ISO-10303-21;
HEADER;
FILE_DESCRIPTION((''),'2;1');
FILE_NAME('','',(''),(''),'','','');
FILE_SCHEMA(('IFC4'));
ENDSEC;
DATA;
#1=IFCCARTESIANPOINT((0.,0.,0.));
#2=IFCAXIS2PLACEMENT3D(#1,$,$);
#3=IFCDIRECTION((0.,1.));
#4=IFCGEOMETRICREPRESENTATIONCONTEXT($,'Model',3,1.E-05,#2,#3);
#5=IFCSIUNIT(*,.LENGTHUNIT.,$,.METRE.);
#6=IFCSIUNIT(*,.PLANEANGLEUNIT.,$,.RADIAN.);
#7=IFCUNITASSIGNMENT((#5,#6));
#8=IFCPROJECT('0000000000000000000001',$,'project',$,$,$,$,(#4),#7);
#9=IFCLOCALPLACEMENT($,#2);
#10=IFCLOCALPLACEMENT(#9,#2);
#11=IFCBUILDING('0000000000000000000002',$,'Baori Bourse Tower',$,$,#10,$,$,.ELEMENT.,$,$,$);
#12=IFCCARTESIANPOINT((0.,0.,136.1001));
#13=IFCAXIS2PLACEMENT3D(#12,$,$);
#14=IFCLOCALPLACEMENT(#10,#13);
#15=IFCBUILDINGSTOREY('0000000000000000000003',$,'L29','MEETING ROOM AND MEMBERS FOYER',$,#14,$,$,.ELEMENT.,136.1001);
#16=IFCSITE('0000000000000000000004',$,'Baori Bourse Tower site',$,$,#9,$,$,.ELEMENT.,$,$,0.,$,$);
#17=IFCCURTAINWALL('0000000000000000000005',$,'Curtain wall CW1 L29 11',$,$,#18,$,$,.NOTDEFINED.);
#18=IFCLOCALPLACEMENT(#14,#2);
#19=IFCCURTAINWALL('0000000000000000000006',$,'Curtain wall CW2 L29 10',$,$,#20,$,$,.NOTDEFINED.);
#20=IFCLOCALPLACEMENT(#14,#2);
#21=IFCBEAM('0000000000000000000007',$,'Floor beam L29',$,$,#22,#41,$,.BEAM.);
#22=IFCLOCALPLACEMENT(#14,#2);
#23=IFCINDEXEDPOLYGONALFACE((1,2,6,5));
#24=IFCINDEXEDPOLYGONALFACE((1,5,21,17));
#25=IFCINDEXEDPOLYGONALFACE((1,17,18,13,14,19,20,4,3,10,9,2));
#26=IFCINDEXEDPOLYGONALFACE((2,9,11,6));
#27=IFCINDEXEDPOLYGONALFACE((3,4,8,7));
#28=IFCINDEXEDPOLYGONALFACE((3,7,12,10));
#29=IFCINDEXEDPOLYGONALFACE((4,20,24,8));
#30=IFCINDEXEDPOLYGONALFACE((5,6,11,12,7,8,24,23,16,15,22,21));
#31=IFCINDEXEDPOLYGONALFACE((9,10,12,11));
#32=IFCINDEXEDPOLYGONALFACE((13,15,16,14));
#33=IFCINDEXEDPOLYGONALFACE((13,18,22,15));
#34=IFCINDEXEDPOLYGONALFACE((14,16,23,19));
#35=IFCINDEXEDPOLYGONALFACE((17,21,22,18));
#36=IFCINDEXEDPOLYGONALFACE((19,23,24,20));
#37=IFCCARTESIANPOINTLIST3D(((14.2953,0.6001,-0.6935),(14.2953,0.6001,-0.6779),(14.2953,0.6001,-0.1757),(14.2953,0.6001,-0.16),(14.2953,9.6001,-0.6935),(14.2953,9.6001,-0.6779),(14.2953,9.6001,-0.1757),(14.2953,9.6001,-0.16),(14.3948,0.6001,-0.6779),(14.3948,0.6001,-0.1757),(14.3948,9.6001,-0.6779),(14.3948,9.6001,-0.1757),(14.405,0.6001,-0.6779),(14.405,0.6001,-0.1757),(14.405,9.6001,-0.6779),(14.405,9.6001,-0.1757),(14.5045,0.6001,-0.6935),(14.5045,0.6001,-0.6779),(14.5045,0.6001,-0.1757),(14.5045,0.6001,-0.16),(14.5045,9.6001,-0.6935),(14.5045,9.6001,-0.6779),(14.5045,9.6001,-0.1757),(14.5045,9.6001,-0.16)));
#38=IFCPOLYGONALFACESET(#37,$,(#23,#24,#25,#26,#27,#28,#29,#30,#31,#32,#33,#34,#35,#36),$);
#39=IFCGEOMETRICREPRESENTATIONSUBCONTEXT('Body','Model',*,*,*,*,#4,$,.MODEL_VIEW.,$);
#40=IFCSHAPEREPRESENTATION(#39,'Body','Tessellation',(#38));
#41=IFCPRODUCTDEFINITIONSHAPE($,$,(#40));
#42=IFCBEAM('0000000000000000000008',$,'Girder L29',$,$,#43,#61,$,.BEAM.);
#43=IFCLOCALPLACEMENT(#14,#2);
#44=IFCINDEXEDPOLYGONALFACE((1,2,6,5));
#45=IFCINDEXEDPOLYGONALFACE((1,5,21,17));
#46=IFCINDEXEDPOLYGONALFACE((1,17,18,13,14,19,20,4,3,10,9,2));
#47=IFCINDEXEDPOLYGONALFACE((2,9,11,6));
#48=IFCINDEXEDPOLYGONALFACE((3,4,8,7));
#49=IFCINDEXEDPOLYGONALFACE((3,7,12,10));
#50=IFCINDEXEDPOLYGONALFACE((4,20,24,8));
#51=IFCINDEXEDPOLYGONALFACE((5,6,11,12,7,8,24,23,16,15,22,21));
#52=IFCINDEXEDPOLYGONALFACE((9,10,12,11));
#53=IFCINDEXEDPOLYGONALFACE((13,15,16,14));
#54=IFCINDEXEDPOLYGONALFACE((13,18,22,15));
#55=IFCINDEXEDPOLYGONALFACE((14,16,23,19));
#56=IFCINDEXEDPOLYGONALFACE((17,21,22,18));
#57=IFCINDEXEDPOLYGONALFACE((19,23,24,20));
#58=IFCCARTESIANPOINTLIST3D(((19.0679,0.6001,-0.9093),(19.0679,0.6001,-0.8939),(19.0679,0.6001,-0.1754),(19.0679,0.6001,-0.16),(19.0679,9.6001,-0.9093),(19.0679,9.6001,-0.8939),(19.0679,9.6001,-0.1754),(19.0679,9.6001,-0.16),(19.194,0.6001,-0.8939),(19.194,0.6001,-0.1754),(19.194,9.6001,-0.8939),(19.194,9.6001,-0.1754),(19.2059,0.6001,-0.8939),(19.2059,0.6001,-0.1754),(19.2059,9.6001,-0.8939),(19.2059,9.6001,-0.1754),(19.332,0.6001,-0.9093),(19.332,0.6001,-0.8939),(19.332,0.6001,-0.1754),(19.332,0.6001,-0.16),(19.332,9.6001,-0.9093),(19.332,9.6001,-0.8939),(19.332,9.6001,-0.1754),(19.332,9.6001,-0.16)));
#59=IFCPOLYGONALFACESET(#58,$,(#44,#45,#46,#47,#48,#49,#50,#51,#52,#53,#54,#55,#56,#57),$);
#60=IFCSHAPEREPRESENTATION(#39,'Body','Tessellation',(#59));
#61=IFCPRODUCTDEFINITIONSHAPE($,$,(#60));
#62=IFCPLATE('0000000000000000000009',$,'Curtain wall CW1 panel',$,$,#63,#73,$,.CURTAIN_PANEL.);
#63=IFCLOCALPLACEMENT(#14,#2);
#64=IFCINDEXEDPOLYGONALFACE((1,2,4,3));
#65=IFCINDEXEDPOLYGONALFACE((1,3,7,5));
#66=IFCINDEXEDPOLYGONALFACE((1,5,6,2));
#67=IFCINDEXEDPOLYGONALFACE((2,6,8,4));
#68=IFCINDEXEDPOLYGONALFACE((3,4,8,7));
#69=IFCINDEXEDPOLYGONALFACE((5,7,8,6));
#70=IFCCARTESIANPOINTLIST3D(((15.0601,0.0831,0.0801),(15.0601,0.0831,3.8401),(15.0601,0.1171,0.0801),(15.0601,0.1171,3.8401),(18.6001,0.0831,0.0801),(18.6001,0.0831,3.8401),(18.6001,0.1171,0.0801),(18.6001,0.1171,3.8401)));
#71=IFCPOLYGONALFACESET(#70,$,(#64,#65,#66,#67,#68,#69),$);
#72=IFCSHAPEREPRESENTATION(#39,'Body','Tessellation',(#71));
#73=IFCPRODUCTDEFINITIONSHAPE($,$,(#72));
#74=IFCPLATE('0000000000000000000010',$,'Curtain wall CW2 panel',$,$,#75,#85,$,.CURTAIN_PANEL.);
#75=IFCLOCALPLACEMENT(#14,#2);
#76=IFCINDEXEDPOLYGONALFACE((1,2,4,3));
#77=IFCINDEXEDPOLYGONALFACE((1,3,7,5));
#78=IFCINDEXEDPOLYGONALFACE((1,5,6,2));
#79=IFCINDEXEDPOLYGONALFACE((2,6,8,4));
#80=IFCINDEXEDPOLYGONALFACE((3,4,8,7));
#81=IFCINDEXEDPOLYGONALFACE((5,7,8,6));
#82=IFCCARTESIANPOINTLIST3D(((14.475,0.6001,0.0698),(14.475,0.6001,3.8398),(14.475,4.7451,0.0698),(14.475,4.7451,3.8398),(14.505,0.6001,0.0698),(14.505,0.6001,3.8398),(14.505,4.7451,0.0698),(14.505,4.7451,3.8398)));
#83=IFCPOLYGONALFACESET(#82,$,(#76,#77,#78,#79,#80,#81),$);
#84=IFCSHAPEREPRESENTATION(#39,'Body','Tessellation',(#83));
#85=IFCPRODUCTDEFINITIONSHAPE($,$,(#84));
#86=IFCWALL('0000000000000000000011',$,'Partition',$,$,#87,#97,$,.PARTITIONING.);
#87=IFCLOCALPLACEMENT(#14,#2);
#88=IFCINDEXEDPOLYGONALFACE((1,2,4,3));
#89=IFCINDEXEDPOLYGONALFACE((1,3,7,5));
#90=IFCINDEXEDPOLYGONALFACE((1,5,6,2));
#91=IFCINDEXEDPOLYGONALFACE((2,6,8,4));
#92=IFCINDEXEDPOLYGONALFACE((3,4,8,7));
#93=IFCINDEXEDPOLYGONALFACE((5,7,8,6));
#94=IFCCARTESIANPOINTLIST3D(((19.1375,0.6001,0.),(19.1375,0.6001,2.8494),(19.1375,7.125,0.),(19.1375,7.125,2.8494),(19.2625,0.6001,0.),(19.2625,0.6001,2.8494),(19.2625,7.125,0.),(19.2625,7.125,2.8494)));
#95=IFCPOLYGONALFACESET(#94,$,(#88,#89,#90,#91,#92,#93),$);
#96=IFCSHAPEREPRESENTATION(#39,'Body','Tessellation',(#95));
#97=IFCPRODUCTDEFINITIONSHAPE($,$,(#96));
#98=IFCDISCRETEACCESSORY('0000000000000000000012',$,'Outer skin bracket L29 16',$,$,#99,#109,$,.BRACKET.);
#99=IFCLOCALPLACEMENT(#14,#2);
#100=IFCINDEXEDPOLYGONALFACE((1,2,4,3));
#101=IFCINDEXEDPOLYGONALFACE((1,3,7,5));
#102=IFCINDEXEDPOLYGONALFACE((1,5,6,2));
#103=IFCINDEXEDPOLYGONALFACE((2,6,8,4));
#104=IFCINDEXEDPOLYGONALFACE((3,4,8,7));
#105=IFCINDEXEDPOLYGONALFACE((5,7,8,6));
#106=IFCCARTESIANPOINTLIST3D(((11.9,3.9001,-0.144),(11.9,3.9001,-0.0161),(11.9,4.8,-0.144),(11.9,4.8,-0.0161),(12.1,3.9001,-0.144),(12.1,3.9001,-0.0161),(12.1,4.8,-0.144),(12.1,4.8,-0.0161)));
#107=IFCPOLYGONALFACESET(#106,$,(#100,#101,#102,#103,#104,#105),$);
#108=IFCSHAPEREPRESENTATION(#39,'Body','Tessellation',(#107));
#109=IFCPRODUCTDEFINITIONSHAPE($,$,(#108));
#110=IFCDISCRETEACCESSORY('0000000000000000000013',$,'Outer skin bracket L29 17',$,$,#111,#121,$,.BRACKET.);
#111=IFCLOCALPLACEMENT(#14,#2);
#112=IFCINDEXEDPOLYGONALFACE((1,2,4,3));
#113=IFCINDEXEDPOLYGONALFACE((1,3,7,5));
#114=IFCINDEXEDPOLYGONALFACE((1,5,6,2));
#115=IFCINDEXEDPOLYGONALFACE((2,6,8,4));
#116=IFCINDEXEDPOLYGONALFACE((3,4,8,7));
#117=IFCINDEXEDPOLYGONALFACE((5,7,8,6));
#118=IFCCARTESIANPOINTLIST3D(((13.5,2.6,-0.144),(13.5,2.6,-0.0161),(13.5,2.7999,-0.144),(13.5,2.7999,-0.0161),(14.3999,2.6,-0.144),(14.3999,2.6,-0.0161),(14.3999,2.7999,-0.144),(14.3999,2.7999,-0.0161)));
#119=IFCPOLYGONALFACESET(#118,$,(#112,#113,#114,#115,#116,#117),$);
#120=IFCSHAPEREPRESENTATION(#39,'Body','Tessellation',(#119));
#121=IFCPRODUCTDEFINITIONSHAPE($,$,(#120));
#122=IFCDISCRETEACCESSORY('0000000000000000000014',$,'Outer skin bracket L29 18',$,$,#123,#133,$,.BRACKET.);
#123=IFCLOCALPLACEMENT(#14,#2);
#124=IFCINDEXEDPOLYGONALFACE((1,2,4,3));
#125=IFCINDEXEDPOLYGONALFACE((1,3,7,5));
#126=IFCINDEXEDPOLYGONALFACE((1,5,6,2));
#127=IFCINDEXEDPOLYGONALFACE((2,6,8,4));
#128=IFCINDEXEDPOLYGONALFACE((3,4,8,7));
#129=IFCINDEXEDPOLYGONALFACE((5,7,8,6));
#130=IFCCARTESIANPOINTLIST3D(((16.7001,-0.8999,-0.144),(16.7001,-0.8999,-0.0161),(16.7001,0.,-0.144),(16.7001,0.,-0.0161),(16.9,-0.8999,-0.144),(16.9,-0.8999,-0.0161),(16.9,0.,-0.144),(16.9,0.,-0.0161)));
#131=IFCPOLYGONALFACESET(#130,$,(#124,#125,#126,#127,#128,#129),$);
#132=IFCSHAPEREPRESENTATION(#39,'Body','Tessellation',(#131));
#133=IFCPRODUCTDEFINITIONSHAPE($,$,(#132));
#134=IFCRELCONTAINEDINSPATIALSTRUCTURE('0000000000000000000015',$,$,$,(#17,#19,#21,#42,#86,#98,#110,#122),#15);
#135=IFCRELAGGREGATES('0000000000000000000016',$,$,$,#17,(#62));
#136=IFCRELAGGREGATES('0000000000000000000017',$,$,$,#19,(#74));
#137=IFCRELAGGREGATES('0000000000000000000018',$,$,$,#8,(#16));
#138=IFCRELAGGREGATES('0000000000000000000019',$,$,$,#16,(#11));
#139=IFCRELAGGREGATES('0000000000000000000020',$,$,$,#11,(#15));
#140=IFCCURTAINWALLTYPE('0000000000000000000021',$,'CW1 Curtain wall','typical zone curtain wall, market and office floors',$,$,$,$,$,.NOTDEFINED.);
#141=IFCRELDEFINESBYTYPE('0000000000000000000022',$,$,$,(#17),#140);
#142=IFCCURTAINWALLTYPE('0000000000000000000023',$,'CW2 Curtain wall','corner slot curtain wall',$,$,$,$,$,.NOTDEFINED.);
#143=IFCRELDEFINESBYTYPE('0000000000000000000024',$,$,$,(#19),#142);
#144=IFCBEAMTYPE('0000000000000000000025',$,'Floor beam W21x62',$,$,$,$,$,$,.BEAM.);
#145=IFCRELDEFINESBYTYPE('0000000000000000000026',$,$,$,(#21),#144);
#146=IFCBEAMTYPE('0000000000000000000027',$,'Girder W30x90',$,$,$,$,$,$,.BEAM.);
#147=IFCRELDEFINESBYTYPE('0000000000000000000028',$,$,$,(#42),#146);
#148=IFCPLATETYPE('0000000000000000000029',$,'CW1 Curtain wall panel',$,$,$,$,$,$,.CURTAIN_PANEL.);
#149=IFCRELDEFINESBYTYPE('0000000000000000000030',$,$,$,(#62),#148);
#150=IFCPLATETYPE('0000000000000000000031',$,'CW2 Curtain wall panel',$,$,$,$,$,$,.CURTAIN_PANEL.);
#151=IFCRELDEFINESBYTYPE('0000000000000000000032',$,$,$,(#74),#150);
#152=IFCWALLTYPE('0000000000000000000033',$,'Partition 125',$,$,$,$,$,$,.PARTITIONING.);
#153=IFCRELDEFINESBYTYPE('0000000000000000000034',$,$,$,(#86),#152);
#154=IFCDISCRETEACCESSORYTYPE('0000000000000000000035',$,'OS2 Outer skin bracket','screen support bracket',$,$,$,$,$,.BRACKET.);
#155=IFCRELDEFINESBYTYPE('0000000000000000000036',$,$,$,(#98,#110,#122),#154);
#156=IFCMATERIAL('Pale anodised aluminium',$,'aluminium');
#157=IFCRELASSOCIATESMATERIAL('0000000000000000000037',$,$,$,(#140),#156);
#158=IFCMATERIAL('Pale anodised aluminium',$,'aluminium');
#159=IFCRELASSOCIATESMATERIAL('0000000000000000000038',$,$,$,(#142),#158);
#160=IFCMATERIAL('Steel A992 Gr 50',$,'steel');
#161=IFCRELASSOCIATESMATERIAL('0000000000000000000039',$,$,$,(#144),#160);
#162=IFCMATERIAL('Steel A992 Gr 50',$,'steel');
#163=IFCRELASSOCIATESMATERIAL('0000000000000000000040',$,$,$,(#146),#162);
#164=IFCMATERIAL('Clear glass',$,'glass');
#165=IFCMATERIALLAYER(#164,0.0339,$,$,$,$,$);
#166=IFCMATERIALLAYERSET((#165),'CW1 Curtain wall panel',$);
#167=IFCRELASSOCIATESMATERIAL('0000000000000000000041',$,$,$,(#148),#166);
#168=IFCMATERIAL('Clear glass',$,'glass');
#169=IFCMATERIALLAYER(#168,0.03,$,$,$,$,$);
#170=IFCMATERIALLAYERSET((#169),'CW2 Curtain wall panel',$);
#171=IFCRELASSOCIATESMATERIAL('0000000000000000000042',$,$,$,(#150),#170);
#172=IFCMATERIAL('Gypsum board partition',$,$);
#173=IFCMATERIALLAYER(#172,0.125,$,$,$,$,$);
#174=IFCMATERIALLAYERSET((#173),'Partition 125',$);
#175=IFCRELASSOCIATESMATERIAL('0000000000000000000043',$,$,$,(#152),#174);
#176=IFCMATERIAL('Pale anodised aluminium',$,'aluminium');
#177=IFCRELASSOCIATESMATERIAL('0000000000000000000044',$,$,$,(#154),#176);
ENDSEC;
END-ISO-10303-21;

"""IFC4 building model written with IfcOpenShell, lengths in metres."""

from ifc_helpers import new_model, si_unit, direction, frame, frame_2d, origin, origin_2d, place, context, subcontext, project, spatial, rectangle, i_section, extrude, material, layer, layer_set, material_profile, profile_set, type_object, element, aggregate, save


model = new_model("IFC4")

# Units and contexts
model_context = context("Model", 3, precision=1e-05, world=origin(), true_north=direction((0.0, 1.0)))
body_context = subcontext(model_context, "Body", "Model", "MODEL_VIEW")
ifc_project = project(units=[si_unit("LENGTHUNIT", "METRE"), si_unit("PLANEANGLEUNIT", "RADIAN")], contexts=[model_context])

# Site, building, storey
site_placement = place(None, origin())
site = spatial("IfcSite", under=ifc_project, at=site_placement, Name="Baori Bourse Tower site", CompositionType="ELEMENT", RefElevation=0.0)
building_placement = place(site_placement, origin())
building = spatial("IfcBuilding", under=site, at=building_placement, Name="Baori Bourse Tower", CompositionType="ELEMENT")
storey_placement = place(building_placement, frame((0.0, 0.0, 136.1001)))
storey = spatial("IfcBuildingStorey", under=building, at=storey_placement, Name="L29", Description="MEETING ROOM AND MEMBERS FOYER", CompositionType="ELEMENT", Elevation=136.1001)

# Curtain walls
ifc_material_1 = material(Name="Pale anodised aluminium", Category="aluminium")
curtain_wall_type_1 = type_object("IfcCurtainWallType", Name="CW1 Curtain wall", Description="typical zone curtain wall, market and office floors", PredefinedType="NOTDEFINED", material=ifc_material_1)
curtain_wall_1_placement = place(storey_placement, origin())
curtain_wall_1 = element("IfcCurtainWall", 1, at=curtain_wall_1_placement, inside=storey, type_object=curtain_wall_type_1, Name="Curtain wall CW1 L29 11", PredefinedType="NOTDEFINED")
ifc_material_2 = material(Name="Pale anodised aluminium", Category="aluminium")
curtain_wall_type_2 = type_object("IfcCurtainWallType", Name="CW2 Curtain wall", Description="corner slot curtain wall", PredefinedType="NOTDEFINED", material=ifc_material_2)
curtain_wall_2_placement = place(storey_placement, origin())
curtain_wall_2 = element("IfcCurtainWall", 2, at=curtain_wall_2_placement, inside=storey, type_object=curtain_wall_type_2, Name="Curtain wall CW2 L29 10", PredefinedType="NOTDEFINED")

# Beams
ifc_material_3 = material(Name="Steel A992 Gr 50", Category="steel")
ifc_material_profile_1 = material_profile(ifc_material_3, i_section(OverallWidth=0.2092, OverallDepth=0.5334, WebThickness=0.0103, FlangeThickness=0.0156, at=origin_2d()), Name="W21x62")
ifc_profile_set_1 = profile_set([ifc_material_profile_1], Name="Steel A992 Gr 50")
beam_type_1 = type_object("IfcBeamType", Name="Floor beam W21x62", PredefinedType="BEAM", material=ifc_profile_set_1)
beam_1_placement = place(storey_placement, frame((14.3999, 0.6001, -0.4268), z_axis=(0.0, 1.0, 0.0), x_axis=(-1.0, 0.0, 0.0)))
element("IfcBeam", 3, at=beam_1_placement, inside=storey, type_object=beam_type_1, Name="Floor beam L29", PredefinedType="BEAM", context=body_context, shape_type="SweptSolid", body=[
    extrude(i_section(OverallWidth=0.2092, OverallDepth=0.5334, WebThickness=0.0103, FlangeThickness=0.0156, at=origin_2d()), origin(), (0.0, 0.0, 1.0), 9.0),
])
ifc_material_4 = material(Name="Steel A992 Gr 50", Category="steel")
ifc_material_profile_2 = material_profile(ifc_material_4, i_section(OverallWidth=0.2642, OverallDepth=0.7493, WebThickness=0.012, FlangeThickness=0.0154, at=origin_2d()), Name="W30x90")
ifc_profile_set_2 = profile_set([ifc_material_profile_2], Name="Steel A992 Gr 50")
beam_type_2 = type_object("IfcBeamType", Name="Girder W30x90", PredefinedType="BEAM", material=ifc_profile_set_2)
beam_2_placement = place(storey_placement, frame((19.2, 0.6001, -0.5347), z_axis=(0.0, 1.0, 0.0), x_axis=(-1.0, 0.0, 0.0)))
element("IfcBeam", 4, at=beam_2_placement, inside=storey, type_object=beam_type_2, Name="Girder L29", PredefinedType="BEAM", context=body_context, shape_type="SweptSolid", body=[
    extrude(i_section(OverallWidth=0.2642, OverallDepth=0.7493, WebThickness=0.012, FlangeThickness=0.0154, at=origin_2d()), origin(), (0.0, 0.0, 1.0), 9.0),
])

# Plates
ifc_material_5 = material(Name="Clear glass", Category="glass")
ifc_layer_1 = layer(ifc_material_5, 0.0339)
ifc_layer_set_1 = layer_set([ifc_layer_1], Name="CW1 Curtain wall panel")
plate_type_1 = type_object("IfcPlateType", Name="CW1 Curtain wall panel", PredefinedType="CURTAIN_PANEL", material=ifc_layer_set_1)
plate_1_placement = place(storey_placement, frame((16.8301, 0.1001, 0.0801), z_axis=(0.0, 0.0, 1.0), x_axis=(1.0, 0.0, 0.0)))
plate_1 = element("IfcPlate", 5, at=plate_1_placement, type_object=plate_type_1, Name="Curtain wall CW1 panel", PredefinedType="CURTAIN_PANEL", context=body_context, shape_type="SweptSolid", body=[
    extrude(rectangle(XDim=3.54, YDim=0.0339, at=origin_2d()), origin(), (0.0, 0.0, 1.0), 3.76),
])
aggregate(curtain_wall_1, [plate_1])
ifc_material_6 = material(Name="Clear glass", Category="glass")
ifc_layer_2 = layer(ifc_material_6, 0.03)
ifc_layer_set_2 = layer_set([ifc_layer_2], Name="CW2 Curtain wall panel")
plate_type_2 = type_object("IfcPlateType", Name="CW2 Curtain wall panel", PredefinedType="CURTAIN_PANEL", material=ifc_layer_set_2)
plate_2_placement = place(storey_placement, frame((14.49, 2.6726, 0.0698), z_axis=(0.0, 0.0, 1.0), x_axis=(0.0, -1.0, 0.0)))
plate_2 = element("IfcPlate", 6, at=plate_2_placement, type_object=plate_type_2, Name="Curtain wall CW2 panel", PredefinedType="CURTAIN_PANEL", context=body_context, shape_type="SweptSolid", body=[
    extrude(rectangle(XDim=4.145, YDim=0.03, at=origin_2d()), origin(), (0.0, 0.0, 1.0), 3.77),
])
aggregate(curtain_wall_2, [plate_2])

# Wall
ifc_material_7 = material(Name="Gypsum board partition")
ifc_layer_3 = layer(ifc_material_7, 0.125)
ifc_layer_set_3 = layer_set([ifc_layer_3], Name="Partition 125")
wall_type = type_object("IfcWallType", Name="Partition 125", PredefinedType="PARTITIONING", material=ifc_layer_set_3)
wall_placement = place(storey_placement, frame((19.2, 0.6001, 0.0), z_axis=(0.0, 0.0, 1.0), x_axis=(0.0, 1.0, 0.0)))
element("IfcWall", 7, at=wall_placement, inside=storey, type_object=wall_type, Name="Partition", PredefinedType="PARTITIONING", context=body_context, shape_type="SweptSolid", body=[
    extrude(rectangle(XDim=6.5249, YDim=0.125, at=frame_2d((3.2625, 0.0))), origin(), (0.0, 0.0, 1.0), 2.8494),
])

# Discrete accessories
ifc_material_8 = material(Name="Pale anodised aluminium", Category="aluminium")
discrete_accessory_type = type_object("IfcDiscreteAccessoryType", Name="OS2 Outer skin bracket", Description="screen support bracket", PredefinedType="BRACKET", material=ifc_material_8)
for number, where, z_axis, x_axis, name in (
    (8, (12.0, 4.3501, -0.144), (0.0, 0.0, 1.0), (1.0, 0.0, 0.0), "Outer skin bracket L29 16"),
    (9, (13.95, 2.7, -0.144), (0.0, 0.0, 1.0), (0.0, -1.0, 0.0), "Outer skin bracket L29 17"),
    (10, (16.8, -0.45, -0.144), (0.0, 0.0, 1.0), (1.0, 0.0, 0.0), "Outer skin bracket L29 18"),
):
    element("IfcDiscreteAccessory", number, at=place(storey_placement, frame(where, z_axis=z_axis, x_axis=x_axis)), inside=storey, type_object=discrete_accessory_type, Name=name, PredefinedType="BRACKET", context=body_context, shape_type="SweptSolid", body=[
        extrude(rectangle(XDim=0.2, YDim=0.8999, at=origin_2d()), origin(), (0.0, 0.0, 1.0), 0.1279),
    ])

save(model, "model.ifc")
